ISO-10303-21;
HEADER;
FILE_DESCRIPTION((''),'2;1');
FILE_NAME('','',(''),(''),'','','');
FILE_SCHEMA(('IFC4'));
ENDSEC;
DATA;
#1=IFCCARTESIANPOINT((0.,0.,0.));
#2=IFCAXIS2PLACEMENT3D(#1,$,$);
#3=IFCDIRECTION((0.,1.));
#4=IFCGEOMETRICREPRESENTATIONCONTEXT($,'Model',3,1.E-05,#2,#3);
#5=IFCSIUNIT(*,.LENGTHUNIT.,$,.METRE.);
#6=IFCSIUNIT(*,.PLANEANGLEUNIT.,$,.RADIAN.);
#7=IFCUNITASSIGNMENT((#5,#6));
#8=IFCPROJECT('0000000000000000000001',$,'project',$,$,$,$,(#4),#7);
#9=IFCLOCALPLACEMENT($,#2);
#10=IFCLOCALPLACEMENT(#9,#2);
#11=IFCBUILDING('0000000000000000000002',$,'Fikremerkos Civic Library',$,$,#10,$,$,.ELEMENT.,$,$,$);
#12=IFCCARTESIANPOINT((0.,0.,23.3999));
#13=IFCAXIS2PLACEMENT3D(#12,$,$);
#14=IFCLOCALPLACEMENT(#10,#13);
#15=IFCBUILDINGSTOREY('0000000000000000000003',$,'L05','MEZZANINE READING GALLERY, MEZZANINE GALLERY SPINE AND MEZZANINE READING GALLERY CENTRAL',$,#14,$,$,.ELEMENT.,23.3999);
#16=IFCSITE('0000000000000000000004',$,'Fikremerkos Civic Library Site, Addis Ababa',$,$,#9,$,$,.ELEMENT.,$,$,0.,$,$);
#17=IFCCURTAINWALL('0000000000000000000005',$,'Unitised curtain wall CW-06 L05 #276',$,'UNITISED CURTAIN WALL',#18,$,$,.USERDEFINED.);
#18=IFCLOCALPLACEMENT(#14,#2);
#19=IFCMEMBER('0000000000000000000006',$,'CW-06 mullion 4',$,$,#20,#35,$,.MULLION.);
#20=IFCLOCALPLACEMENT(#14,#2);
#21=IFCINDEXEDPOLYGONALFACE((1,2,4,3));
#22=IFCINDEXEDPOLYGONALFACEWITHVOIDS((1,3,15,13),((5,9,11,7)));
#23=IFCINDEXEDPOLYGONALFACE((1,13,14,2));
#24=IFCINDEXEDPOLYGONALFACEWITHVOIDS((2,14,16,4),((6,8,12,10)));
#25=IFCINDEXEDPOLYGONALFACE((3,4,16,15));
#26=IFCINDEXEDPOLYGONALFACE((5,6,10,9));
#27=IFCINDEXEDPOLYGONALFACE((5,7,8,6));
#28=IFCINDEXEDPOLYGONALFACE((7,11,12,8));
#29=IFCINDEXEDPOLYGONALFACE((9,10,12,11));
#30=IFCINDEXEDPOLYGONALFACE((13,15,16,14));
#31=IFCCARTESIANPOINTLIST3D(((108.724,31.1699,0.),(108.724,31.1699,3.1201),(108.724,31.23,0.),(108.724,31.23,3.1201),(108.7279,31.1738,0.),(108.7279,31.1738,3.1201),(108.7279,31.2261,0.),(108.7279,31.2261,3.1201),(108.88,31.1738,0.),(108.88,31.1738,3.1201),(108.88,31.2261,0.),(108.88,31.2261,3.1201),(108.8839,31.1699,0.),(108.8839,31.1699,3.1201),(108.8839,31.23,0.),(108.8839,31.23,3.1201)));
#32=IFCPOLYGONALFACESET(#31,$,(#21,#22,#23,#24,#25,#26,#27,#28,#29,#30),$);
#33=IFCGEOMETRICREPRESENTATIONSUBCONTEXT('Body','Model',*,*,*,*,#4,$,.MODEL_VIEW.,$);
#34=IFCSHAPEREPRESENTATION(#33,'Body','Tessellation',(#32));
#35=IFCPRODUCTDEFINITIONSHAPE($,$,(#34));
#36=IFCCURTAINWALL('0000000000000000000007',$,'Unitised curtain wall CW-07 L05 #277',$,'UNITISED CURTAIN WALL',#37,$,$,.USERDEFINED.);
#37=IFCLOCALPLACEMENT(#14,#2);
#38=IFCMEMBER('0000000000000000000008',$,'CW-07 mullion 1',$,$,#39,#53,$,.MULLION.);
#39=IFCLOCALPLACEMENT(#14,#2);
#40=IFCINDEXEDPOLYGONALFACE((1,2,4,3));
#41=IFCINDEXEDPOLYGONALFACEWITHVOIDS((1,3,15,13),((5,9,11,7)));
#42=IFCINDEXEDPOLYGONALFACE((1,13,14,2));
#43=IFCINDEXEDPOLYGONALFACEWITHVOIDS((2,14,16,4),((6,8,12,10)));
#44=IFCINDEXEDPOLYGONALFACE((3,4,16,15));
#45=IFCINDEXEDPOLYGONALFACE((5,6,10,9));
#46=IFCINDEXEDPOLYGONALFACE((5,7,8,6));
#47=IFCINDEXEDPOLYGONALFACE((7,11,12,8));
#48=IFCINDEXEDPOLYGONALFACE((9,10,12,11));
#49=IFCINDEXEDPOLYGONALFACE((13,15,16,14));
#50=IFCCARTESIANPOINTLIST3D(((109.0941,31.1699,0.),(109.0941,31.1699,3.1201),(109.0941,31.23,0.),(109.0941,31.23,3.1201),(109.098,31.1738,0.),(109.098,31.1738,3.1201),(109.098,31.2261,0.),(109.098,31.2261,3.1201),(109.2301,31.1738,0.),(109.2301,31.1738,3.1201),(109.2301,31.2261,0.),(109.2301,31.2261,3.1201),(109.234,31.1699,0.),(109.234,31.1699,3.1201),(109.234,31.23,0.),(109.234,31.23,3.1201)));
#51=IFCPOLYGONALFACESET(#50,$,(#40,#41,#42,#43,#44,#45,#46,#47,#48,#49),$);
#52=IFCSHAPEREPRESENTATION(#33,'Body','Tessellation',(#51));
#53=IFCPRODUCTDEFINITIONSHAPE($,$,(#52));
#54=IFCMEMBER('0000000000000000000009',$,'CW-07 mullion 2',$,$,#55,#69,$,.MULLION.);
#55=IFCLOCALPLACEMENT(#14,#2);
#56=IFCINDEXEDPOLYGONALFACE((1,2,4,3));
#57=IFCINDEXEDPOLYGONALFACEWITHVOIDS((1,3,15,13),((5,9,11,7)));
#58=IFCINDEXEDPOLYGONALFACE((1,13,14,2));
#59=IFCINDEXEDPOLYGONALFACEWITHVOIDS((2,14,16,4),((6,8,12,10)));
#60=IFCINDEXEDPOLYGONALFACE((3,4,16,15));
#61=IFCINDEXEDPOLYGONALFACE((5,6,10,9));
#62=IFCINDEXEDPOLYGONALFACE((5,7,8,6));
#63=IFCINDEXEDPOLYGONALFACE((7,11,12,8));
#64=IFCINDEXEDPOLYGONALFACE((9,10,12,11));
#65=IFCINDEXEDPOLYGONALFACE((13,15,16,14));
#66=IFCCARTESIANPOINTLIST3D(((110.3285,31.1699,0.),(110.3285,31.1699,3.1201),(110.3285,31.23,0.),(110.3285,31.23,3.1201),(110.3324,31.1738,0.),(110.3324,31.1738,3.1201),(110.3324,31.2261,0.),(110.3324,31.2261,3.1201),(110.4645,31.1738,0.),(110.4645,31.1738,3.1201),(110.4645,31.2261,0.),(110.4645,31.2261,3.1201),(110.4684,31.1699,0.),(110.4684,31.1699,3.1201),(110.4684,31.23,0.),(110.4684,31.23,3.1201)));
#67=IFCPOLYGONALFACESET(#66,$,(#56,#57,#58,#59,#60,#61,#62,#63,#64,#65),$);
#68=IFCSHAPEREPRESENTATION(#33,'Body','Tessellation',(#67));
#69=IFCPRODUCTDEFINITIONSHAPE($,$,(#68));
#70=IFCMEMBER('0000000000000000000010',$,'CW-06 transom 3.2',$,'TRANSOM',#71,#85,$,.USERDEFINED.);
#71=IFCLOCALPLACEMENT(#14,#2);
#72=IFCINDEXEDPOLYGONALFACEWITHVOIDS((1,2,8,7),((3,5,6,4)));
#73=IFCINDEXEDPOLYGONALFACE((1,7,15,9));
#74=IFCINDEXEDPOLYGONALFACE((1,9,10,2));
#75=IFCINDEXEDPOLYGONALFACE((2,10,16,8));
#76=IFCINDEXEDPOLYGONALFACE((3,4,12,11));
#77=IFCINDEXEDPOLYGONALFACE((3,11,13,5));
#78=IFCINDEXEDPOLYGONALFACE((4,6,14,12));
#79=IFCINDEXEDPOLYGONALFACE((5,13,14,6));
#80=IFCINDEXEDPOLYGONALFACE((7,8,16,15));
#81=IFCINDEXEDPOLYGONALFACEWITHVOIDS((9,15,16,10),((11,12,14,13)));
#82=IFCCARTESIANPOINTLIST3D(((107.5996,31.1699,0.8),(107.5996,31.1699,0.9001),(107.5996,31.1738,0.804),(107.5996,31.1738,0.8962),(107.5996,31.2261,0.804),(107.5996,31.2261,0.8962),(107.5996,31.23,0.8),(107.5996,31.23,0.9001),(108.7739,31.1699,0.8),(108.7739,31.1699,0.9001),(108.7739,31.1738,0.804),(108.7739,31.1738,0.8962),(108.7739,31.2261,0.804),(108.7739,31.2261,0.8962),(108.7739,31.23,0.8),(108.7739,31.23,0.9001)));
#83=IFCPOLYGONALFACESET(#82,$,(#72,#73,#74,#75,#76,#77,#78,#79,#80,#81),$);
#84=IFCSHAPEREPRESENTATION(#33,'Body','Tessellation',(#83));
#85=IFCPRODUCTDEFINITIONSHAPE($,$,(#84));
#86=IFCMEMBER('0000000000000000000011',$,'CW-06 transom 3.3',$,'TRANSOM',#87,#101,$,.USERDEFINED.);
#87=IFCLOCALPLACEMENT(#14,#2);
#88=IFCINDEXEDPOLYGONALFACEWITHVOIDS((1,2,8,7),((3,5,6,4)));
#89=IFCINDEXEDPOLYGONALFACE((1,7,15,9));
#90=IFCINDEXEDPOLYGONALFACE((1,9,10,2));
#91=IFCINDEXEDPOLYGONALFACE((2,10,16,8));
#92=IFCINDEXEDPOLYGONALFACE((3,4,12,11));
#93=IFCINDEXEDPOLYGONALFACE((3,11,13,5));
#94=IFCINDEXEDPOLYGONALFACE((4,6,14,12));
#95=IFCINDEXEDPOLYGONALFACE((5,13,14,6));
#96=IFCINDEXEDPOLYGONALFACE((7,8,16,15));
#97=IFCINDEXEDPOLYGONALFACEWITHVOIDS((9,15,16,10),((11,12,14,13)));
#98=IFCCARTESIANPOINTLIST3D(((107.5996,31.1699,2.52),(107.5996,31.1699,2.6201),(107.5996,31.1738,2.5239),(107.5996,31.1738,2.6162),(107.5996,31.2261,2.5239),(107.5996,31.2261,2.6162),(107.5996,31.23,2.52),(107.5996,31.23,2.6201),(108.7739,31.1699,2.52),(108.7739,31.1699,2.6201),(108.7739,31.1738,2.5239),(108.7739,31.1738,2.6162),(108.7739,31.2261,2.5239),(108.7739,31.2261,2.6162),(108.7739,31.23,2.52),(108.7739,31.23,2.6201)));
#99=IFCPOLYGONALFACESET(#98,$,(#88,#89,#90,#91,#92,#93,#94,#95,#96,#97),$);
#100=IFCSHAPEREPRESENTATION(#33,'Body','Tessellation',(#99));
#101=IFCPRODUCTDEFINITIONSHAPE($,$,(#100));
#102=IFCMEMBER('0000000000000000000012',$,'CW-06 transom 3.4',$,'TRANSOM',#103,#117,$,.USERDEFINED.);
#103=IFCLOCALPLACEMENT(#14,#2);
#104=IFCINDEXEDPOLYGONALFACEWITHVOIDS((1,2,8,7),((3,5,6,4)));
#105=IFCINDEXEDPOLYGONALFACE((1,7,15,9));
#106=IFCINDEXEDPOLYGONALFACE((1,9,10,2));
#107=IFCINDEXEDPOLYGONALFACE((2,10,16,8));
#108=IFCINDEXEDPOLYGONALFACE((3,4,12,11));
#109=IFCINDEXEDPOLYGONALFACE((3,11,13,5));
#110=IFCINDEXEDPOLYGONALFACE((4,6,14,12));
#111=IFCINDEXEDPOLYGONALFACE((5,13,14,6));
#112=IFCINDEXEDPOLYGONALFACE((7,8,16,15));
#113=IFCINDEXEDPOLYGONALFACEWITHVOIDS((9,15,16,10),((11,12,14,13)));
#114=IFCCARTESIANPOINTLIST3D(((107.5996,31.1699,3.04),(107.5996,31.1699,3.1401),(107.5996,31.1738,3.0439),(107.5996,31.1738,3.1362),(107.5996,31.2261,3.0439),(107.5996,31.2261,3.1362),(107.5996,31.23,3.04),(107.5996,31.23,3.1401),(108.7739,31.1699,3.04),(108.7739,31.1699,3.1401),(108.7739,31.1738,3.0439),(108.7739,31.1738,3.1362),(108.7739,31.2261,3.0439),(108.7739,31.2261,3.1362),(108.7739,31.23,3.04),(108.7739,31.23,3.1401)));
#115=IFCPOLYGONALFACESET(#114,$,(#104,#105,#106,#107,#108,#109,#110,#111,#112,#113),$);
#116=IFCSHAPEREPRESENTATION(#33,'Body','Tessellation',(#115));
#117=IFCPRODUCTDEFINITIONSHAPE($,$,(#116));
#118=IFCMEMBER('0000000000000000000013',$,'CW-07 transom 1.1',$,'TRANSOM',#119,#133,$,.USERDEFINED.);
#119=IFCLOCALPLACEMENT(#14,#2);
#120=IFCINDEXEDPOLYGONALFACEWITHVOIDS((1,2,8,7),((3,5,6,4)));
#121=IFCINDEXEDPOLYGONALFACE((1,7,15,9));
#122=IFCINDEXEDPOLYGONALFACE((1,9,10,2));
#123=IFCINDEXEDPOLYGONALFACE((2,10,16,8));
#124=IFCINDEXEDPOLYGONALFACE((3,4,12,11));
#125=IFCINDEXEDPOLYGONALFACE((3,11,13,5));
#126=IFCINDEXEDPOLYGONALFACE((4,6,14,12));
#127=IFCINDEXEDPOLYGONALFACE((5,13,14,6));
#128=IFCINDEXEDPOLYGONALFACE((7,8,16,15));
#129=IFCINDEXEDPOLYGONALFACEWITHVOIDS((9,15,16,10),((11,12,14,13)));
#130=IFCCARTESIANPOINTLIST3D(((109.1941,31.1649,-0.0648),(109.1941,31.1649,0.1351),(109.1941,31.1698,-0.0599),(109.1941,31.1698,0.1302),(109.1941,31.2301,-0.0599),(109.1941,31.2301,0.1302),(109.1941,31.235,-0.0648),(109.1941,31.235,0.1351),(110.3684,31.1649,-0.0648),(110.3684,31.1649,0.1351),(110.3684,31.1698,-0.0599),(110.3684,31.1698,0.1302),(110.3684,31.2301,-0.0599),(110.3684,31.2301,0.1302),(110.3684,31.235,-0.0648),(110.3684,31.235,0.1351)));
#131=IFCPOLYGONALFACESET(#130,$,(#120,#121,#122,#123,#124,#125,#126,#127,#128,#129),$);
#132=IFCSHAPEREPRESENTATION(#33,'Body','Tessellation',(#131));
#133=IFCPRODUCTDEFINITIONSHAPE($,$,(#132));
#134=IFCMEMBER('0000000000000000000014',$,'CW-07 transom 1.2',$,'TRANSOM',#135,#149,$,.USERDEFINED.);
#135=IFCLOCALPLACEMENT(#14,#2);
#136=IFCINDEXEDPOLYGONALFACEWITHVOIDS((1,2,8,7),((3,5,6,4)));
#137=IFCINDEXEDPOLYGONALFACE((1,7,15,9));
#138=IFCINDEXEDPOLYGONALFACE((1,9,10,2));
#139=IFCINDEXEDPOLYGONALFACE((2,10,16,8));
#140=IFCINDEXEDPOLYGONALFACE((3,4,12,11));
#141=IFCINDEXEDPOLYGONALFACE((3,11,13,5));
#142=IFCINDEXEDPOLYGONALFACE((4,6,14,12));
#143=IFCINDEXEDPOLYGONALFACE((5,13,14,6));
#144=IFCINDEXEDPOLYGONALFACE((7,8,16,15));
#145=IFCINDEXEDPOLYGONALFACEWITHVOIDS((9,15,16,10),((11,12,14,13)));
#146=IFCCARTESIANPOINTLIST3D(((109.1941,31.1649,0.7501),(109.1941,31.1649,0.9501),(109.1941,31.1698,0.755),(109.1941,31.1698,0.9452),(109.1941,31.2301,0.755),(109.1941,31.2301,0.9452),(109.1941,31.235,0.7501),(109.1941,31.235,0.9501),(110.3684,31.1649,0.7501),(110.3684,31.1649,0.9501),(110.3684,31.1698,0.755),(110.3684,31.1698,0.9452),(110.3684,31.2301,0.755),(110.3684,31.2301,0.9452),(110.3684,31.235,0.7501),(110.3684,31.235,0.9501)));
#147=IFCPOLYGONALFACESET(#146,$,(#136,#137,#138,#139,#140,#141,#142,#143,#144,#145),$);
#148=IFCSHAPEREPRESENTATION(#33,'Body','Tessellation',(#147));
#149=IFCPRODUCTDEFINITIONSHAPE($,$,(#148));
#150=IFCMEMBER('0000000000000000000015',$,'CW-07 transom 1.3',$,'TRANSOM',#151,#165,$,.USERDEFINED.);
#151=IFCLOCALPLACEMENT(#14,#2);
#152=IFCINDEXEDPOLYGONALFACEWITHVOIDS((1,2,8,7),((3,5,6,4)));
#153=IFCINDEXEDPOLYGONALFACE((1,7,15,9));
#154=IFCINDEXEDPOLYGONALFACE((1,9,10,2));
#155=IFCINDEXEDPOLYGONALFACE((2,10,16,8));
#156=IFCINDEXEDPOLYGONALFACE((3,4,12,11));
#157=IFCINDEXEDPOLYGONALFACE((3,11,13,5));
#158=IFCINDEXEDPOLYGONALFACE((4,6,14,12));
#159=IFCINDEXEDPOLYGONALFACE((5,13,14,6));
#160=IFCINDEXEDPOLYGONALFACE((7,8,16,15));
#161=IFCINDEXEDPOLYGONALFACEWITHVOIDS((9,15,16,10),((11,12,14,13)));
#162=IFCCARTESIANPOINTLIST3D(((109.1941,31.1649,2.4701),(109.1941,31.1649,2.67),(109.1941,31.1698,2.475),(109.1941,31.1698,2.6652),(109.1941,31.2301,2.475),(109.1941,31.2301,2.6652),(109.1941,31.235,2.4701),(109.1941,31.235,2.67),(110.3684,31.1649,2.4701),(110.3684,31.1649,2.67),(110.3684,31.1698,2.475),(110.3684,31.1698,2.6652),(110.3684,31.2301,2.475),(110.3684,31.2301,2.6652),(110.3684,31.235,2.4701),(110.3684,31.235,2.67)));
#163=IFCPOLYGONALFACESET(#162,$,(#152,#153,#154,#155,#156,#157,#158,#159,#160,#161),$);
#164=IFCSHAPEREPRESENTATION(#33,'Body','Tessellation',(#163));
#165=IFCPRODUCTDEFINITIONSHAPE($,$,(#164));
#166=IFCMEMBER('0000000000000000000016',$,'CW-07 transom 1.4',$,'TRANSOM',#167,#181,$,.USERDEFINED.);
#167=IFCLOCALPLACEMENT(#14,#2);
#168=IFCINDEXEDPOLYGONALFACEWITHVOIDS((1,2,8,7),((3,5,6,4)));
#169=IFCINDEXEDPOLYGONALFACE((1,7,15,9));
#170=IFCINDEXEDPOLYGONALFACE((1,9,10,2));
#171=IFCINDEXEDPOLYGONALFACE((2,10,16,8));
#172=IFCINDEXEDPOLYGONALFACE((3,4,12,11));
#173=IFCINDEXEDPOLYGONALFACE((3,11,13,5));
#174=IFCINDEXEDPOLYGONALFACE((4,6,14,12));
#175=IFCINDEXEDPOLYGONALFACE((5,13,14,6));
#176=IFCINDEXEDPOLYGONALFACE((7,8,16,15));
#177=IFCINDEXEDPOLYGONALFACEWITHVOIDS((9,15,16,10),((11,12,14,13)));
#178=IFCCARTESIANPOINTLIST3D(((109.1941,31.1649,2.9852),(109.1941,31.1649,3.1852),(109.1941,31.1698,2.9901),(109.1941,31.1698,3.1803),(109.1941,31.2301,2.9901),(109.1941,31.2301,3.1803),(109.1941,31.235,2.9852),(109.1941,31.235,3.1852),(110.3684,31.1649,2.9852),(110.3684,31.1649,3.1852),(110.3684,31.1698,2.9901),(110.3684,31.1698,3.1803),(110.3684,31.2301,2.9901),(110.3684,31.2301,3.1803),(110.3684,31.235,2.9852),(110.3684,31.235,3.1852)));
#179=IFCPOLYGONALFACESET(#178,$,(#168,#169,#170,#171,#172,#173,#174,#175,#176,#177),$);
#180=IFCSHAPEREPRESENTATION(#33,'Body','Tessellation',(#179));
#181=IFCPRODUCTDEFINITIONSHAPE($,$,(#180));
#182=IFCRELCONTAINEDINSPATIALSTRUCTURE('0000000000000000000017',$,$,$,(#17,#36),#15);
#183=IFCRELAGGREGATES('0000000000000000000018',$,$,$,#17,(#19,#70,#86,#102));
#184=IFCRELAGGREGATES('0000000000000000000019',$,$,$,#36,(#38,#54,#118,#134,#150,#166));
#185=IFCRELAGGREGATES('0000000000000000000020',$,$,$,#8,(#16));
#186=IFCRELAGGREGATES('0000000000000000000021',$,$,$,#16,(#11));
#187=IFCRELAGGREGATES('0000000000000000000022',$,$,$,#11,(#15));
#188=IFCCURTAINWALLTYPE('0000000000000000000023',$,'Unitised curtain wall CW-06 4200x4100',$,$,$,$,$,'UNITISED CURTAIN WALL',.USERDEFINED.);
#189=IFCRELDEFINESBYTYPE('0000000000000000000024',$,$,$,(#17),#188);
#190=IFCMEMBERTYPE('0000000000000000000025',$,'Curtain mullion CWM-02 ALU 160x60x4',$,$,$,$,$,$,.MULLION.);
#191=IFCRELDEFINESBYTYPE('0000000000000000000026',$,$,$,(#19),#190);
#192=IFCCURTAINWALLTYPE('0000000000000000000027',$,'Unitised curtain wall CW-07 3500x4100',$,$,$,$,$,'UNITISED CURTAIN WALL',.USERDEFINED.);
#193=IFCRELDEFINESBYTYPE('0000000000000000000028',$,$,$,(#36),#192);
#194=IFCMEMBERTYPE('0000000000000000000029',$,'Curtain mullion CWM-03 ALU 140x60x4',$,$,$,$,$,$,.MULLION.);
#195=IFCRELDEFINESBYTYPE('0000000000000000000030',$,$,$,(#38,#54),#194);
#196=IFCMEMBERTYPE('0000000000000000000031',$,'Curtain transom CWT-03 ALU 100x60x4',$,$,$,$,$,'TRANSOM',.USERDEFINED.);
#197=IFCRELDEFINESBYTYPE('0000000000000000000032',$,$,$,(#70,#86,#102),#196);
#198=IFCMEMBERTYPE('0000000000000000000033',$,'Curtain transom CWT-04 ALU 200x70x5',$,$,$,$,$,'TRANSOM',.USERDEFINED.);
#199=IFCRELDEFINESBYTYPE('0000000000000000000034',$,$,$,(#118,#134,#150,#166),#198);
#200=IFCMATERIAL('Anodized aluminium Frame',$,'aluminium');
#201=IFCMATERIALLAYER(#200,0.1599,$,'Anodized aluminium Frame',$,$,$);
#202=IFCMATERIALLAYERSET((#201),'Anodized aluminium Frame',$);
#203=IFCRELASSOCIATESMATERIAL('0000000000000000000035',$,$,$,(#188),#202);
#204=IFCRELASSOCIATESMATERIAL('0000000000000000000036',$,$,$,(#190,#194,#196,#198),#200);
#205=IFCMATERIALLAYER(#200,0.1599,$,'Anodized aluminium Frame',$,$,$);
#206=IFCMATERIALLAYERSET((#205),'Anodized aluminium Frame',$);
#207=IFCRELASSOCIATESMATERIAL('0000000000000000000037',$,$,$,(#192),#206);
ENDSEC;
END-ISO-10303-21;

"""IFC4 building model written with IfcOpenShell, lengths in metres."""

from ifc_helpers import new_model, si_unit, direction, frame, origin, origin_2d, place, context, subcontext, project, spatial, hollow_rectangle, extrude, material, layer, layer_set, material_profile, profile_set, type_object, element, aggregate, save


model = new_model("IFC4")

# Units and contexts
model_context = context("Model", 3, precision=1e-05, world=origin(), true_north=direction((0.0, 1.0)))
body_context = subcontext(model_context, "Body", "Model", "MODEL_VIEW")
ifc_project = project(units=[si_unit("LENGTHUNIT", "METRE"), si_unit("PLANEANGLEUNIT", "RADIAN")], contexts=[model_context])

# Site, building, storey
site_placement = place(None, origin())
site = spatial("IfcSite", under=ifc_project, at=site_placement, Name="Fikremerkos Civic Library Site, Addis Ababa", CompositionType="ELEMENT", RefElevation=0.0)
building_placement = place(site_placement, origin())
building = spatial("IfcBuilding", under=site, at=building_placement, Name="Fikremerkos Civic Library", CompositionType="ELEMENT")
storey_placement = place(building_placement, frame((0.0, 0.0, 23.3999)))
storey = spatial("IfcBuildingStorey", under=building, at=storey_placement, Name="L05", Description="MEZZANINE READING GALLERY, MEZZANINE GALLERY SPINE AND MEZZANINE READING GALLERY CENTRAL", CompositionType="ELEMENT", Elevation=23.3999)

# Curtain wall, member
ifc_material_1 = material(Name="Anodized aluminium Frame", Category="aluminium")
ifc_layer_1 = layer(ifc_material_1, 0.1599, Name="Anodized aluminium Frame")
ifc_layer_set_1 = layer_set([ifc_layer_1], Name="Anodized aluminium Frame")
curtain_wall_type_1 = type_object("IfcCurtainWallType", Name="Unitised curtain wall CW-06 4200x4100", ElementType="UNITISED CURTAIN WALL", PredefinedType="USERDEFINED", material=ifc_layer_set_1)
curtain_wall_1_placement = place(storey_placement, origin())
curtain_wall_1 = element("IfcCurtainWall", 1, at=curtain_wall_1_placement, inside=storey, type_object=curtain_wall_type_1, Name="Unitised curtain wall CW-06 L05 #276", ObjectType="UNITISED CURTAIN WALL", PredefinedType="USERDEFINED")
ifc_material_profile_1 = material_profile(ifc_material_1, hollow_rectangle(XDim=0.0601, YDim=0.1599, WallThickness=0.0039, at=origin_2d()), Name="ALU 160x60x4")
ifc_profile_set_1 = profile_set([ifc_material_profile_1], Name="Anodized aluminium Frame")
member_type_1 = type_object("IfcMemberType", Name="Curtain mullion CWM-02 ALU 160x60x4", PredefinedType="MULLION", material=ifc_profile_set_1)
member_1_placement = place(storey_placement, frame((108.804, 31.2, 0.0), z_axis=(0.0, 0.0, 1.0), x_axis=(0.0, 1.0, 0.0)))
member_1 = element("IfcMember", 2, at=member_1_placement, type_object=member_type_1, Name="CW-06 mullion 4", PredefinedType="MULLION", context=body_context, shape_type="SweptSolid", body=[
    extrude(hollow_rectangle(XDim=0.0601, YDim=0.1599, WallThickness=0.0039, at=origin_2d()), origin(), (0.0, 0.0, 1.0), 3.1201),
])

# Curtain wall, members
ifc_layer_2 = layer(ifc_material_1, 0.1599, Name="Anodized aluminium Frame")
ifc_layer_set_2 = layer_set([ifc_layer_2], Name="Anodized aluminium Frame")
curtain_wall_type_2 = type_object("IfcCurtainWallType", Name="Unitised curtain wall CW-07 3500x4100", ElementType="UNITISED CURTAIN WALL", PredefinedType="USERDEFINED", material=ifc_layer_set_2)
curtain_wall_2_placement = place(storey_placement, origin())
curtain_wall_2 = element("IfcCurtainWall", 3, at=curtain_wall_2_placement, inside=storey, type_object=curtain_wall_type_2, Name="Unitised curtain wall CW-07 L05 #277", ObjectType="UNITISED CURTAIN WALL", PredefinedType="USERDEFINED")
ifc_material_profile_2 = material_profile(ifc_material_1, hollow_rectangle(XDim=0.0601, YDim=0.1399, WallThickness=0.0039, at=origin_2d()), Name="ALU 140x60x4")
ifc_profile_set_2 = profile_set([ifc_material_profile_2], Name="Anodized aluminium Frame")
member_type_2 = type_object("IfcMemberType", Name="Curtain mullion CWM-03 ALU 140x60x4", PredefinedType="MULLION", material=ifc_profile_set_2)
member_2_placement = place(storey_placement, frame((109.1641, 31.2, 0.0), z_axis=(0.0, 0.0, 1.0), x_axis=(0.0, 1.0, 0.0)))
member_2 = element("IfcMember", 4, at=member_2_placement, type_object=member_type_2, Name="CW-07 mullion 1", PredefinedType="MULLION", context=body_context, shape_type="SweptSolid", body=[
    extrude(hollow_rectangle(XDim=0.0601, YDim=0.1399, WallThickness=0.0039, at=origin_2d()), origin(), (0.0, 0.0, 1.0), 3.1201),
])
member_3_placement = place(storey_placement, frame((110.3984, 31.2, 0.0), z_axis=(0.0, 0.0, 1.0), x_axis=(0.0, 1.0, 0.0)))
member_3 = element("IfcMember", 5, at=member_3_placement, type_object=member_type_2, Name="CW-07 mullion 2", PredefinedType="MULLION", context=body_context, shape_type="SweptSolid", body=[
    extrude(hollow_rectangle(XDim=0.0601, YDim=0.1399, WallThickness=0.0039, at=origin_2d()), origin(), (0.0, 0.0, 1.0), 3.1201),
])

# Members
ifc_material_profile_3 = material_profile(ifc_material_1, hollow_rectangle(XDim=0.0601, YDim=0.1001, WallThickness=0.0039, at=origin_2d()), Name="ALU 100x60x4")
ifc_profile_set_3 = profile_set([ifc_material_profile_3], Name="Anodized aluminium Frame")
member_type_3 = type_object("IfcMemberType", Name="Curtain transom CWT-03 ALU 100x60x4", ElementType="TRANSOM", PredefinedType="USERDEFINED", material=ifc_profile_set_3)
member_4_placement = place(storey_placement, frame((107.5996, 31.2, 0.8501), z_axis=(1.0, 0.0, 0.0), x_axis=(0.0, 1.0, 0.0)))
member_4 = element("IfcMember", 6, at=member_4_placement, type_object=member_type_3, Name="CW-06 transom 3.2", ObjectType="TRANSOM", PredefinedType="USERDEFINED", context=body_context, shape_type="SweptSolid", body=[
    extrude(hollow_rectangle(XDim=0.0601, YDim=0.1001, WallThickness=0.0039, at=origin_2d()), origin(), (0.0, 0.0, 1.0), 1.1743),
])
member_5_placement = place(storey_placement, frame((107.5996, 31.2, 2.5701), z_axis=(1.0, 0.0, 0.0), x_axis=(0.0, 1.0, 0.0)))
member_5 = element("IfcMember", 7, at=member_5_placement, type_object=member_type_3, Name="CW-06 transom 3.3", ObjectType="TRANSOM", PredefinedType="USERDEFINED", context=body_context, shape_type="SweptSolid", body=[
    extrude(hollow_rectangle(XDim=0.0601, YDim=0.1001, WallThickness=0.0039, at=origin_2d()), origin(), (0.0, 0.0, 1.0), 1.1743),
])
member_6_placement = place(storey_placement, frame((107.5996, 31.2, 3.0901), z_axis=(1.0, 0.0, 0.0), x_axis=(0.0, 1.0, 0.0)))
member_6 = element("IfcMember", 8, at=member_6_placement, type_object=member_type_3, Name="CW-06 transom 3.4", ObjectType="TRANSOM", PredefinedType="USERDEFINED", context=body_context, shape_type="SweptSolid", body=[
    extrude(hollow_rectangle(XDim=0.0601, YDim=0.1001, WallThickness=0.0039, at=origin_2d()), origin(), (0.0, 0.0, 1.0), 1.1743),
])
ifc_material_profile_4 = material_profile(ifc_material_1, hollow_rectangle(XDim=0.0701, YDim=0.2, WallThickness=0.0049, at=origin_2d()), Name="ALU 200x70x5")
ifc_profile_set_4 = profile_set([ifc_material_profile_4], Name="Anodized aluminium Frame")
member_type_4 = type_object("IfcMemberType", Name="Curtain transom CWT-04 ALU 200x70x5", ElementType="TRANSOM", PredefinedType="USERDEFINED", material=ifc_profile_set_4)
member_7_placement = place(storey_placement, frame((109.1941, 31.2, 0.0352), z_axis=(1.0, 0.0, 0.0), x_axis=(0.0, 1.0, 0.0)))
member_7 = element("IfcMember", 9, at=member_7_placement, type_object=member_type_4, Name="CW-07 transom 1.1", ObjectType="TRANSOM", PredefinedType="USERDEFINED", context=body_context, shape_type="SweptSolid", body=[
    extrude(hollow_rectangle(XDim=0.0701, YDim=0.2, WallThickness=0.0049, at=origin_2d()), origin(), (0.0, 0.0, 1.0), 1.1743),
])
member_8_placement = place(storey_placement, frame((109.1941, 31.2, 0.8501), z_axis=(1.0, 0.0, 0.0), x_axis=(0.0, 1.0, 0.0)))
member_8 = element("IfcMember", 10, at=member_8_placement, type_object=member_type_4, Name="CW-07 transom 1.2", ObjectType="TRANSOM", PredefinedType="USERDEFINED", context=body_context, shape_type="SweptSolid", body=[
    extrude(hollow_rectangle(XDim=0.0701, YDim=0.2, WallThickness=0.0049, at=origin_2d()), origin(), (0.0, 0.0, 1.0), 1.1743),
])
member_9_placement = place(storey_placement, frame((109.1941, 31.2, 2.5701), z_axis=(1.0, 0.0, 0.0), x_axis=(0.0, 1.0, 0.0)))
member_9 = element("IfcMember", 11, at=member_9_placement, type_object=member_type_4, Name="CW-07 transom 1.3", ObjectType="TRANSOM", PredefinedType="USERDEFINED", context=body_context, shape_type="SweptSolid", body=[
    extrude(hollow_rectangle(XDim=0.0701, YDim=0.2, WallThickness=0.0049, at=origin_2d()), origin(), (0.0, 0.0, 1.0), 1.1743),
])
member_10_placement = place(storey_placement, frame((109.1941, 31.2, 3.0852), z_axis=(1.0, 0.0, 0.0), x_axis=(0.0, 1.0, 0.0)))
member_10 = element("IfcMember", 12, at=member_10_placement, type_object=member_type_4, Name="CW-07 transom 1.4", ObjectType="TRANSOM", PredefinedType="USERDEFINED", context=body_context, shape_type="SweptSolid", body=[
    extrude(hollow_rectangle(XDim=0.0701, YDim=0.2, WallThickness=0.0049, at=origin_2d()), origin(), (0.0, 0.0, 1.0), 1.1743),
])

aggregate(curtain_wall_1, [member_1, member_4, member_5, member_6])
aggregate(curtain_wall_2, [member_2, member_3, member_7, member_8, member_9, member_10])

save(model, "model.ifc")
